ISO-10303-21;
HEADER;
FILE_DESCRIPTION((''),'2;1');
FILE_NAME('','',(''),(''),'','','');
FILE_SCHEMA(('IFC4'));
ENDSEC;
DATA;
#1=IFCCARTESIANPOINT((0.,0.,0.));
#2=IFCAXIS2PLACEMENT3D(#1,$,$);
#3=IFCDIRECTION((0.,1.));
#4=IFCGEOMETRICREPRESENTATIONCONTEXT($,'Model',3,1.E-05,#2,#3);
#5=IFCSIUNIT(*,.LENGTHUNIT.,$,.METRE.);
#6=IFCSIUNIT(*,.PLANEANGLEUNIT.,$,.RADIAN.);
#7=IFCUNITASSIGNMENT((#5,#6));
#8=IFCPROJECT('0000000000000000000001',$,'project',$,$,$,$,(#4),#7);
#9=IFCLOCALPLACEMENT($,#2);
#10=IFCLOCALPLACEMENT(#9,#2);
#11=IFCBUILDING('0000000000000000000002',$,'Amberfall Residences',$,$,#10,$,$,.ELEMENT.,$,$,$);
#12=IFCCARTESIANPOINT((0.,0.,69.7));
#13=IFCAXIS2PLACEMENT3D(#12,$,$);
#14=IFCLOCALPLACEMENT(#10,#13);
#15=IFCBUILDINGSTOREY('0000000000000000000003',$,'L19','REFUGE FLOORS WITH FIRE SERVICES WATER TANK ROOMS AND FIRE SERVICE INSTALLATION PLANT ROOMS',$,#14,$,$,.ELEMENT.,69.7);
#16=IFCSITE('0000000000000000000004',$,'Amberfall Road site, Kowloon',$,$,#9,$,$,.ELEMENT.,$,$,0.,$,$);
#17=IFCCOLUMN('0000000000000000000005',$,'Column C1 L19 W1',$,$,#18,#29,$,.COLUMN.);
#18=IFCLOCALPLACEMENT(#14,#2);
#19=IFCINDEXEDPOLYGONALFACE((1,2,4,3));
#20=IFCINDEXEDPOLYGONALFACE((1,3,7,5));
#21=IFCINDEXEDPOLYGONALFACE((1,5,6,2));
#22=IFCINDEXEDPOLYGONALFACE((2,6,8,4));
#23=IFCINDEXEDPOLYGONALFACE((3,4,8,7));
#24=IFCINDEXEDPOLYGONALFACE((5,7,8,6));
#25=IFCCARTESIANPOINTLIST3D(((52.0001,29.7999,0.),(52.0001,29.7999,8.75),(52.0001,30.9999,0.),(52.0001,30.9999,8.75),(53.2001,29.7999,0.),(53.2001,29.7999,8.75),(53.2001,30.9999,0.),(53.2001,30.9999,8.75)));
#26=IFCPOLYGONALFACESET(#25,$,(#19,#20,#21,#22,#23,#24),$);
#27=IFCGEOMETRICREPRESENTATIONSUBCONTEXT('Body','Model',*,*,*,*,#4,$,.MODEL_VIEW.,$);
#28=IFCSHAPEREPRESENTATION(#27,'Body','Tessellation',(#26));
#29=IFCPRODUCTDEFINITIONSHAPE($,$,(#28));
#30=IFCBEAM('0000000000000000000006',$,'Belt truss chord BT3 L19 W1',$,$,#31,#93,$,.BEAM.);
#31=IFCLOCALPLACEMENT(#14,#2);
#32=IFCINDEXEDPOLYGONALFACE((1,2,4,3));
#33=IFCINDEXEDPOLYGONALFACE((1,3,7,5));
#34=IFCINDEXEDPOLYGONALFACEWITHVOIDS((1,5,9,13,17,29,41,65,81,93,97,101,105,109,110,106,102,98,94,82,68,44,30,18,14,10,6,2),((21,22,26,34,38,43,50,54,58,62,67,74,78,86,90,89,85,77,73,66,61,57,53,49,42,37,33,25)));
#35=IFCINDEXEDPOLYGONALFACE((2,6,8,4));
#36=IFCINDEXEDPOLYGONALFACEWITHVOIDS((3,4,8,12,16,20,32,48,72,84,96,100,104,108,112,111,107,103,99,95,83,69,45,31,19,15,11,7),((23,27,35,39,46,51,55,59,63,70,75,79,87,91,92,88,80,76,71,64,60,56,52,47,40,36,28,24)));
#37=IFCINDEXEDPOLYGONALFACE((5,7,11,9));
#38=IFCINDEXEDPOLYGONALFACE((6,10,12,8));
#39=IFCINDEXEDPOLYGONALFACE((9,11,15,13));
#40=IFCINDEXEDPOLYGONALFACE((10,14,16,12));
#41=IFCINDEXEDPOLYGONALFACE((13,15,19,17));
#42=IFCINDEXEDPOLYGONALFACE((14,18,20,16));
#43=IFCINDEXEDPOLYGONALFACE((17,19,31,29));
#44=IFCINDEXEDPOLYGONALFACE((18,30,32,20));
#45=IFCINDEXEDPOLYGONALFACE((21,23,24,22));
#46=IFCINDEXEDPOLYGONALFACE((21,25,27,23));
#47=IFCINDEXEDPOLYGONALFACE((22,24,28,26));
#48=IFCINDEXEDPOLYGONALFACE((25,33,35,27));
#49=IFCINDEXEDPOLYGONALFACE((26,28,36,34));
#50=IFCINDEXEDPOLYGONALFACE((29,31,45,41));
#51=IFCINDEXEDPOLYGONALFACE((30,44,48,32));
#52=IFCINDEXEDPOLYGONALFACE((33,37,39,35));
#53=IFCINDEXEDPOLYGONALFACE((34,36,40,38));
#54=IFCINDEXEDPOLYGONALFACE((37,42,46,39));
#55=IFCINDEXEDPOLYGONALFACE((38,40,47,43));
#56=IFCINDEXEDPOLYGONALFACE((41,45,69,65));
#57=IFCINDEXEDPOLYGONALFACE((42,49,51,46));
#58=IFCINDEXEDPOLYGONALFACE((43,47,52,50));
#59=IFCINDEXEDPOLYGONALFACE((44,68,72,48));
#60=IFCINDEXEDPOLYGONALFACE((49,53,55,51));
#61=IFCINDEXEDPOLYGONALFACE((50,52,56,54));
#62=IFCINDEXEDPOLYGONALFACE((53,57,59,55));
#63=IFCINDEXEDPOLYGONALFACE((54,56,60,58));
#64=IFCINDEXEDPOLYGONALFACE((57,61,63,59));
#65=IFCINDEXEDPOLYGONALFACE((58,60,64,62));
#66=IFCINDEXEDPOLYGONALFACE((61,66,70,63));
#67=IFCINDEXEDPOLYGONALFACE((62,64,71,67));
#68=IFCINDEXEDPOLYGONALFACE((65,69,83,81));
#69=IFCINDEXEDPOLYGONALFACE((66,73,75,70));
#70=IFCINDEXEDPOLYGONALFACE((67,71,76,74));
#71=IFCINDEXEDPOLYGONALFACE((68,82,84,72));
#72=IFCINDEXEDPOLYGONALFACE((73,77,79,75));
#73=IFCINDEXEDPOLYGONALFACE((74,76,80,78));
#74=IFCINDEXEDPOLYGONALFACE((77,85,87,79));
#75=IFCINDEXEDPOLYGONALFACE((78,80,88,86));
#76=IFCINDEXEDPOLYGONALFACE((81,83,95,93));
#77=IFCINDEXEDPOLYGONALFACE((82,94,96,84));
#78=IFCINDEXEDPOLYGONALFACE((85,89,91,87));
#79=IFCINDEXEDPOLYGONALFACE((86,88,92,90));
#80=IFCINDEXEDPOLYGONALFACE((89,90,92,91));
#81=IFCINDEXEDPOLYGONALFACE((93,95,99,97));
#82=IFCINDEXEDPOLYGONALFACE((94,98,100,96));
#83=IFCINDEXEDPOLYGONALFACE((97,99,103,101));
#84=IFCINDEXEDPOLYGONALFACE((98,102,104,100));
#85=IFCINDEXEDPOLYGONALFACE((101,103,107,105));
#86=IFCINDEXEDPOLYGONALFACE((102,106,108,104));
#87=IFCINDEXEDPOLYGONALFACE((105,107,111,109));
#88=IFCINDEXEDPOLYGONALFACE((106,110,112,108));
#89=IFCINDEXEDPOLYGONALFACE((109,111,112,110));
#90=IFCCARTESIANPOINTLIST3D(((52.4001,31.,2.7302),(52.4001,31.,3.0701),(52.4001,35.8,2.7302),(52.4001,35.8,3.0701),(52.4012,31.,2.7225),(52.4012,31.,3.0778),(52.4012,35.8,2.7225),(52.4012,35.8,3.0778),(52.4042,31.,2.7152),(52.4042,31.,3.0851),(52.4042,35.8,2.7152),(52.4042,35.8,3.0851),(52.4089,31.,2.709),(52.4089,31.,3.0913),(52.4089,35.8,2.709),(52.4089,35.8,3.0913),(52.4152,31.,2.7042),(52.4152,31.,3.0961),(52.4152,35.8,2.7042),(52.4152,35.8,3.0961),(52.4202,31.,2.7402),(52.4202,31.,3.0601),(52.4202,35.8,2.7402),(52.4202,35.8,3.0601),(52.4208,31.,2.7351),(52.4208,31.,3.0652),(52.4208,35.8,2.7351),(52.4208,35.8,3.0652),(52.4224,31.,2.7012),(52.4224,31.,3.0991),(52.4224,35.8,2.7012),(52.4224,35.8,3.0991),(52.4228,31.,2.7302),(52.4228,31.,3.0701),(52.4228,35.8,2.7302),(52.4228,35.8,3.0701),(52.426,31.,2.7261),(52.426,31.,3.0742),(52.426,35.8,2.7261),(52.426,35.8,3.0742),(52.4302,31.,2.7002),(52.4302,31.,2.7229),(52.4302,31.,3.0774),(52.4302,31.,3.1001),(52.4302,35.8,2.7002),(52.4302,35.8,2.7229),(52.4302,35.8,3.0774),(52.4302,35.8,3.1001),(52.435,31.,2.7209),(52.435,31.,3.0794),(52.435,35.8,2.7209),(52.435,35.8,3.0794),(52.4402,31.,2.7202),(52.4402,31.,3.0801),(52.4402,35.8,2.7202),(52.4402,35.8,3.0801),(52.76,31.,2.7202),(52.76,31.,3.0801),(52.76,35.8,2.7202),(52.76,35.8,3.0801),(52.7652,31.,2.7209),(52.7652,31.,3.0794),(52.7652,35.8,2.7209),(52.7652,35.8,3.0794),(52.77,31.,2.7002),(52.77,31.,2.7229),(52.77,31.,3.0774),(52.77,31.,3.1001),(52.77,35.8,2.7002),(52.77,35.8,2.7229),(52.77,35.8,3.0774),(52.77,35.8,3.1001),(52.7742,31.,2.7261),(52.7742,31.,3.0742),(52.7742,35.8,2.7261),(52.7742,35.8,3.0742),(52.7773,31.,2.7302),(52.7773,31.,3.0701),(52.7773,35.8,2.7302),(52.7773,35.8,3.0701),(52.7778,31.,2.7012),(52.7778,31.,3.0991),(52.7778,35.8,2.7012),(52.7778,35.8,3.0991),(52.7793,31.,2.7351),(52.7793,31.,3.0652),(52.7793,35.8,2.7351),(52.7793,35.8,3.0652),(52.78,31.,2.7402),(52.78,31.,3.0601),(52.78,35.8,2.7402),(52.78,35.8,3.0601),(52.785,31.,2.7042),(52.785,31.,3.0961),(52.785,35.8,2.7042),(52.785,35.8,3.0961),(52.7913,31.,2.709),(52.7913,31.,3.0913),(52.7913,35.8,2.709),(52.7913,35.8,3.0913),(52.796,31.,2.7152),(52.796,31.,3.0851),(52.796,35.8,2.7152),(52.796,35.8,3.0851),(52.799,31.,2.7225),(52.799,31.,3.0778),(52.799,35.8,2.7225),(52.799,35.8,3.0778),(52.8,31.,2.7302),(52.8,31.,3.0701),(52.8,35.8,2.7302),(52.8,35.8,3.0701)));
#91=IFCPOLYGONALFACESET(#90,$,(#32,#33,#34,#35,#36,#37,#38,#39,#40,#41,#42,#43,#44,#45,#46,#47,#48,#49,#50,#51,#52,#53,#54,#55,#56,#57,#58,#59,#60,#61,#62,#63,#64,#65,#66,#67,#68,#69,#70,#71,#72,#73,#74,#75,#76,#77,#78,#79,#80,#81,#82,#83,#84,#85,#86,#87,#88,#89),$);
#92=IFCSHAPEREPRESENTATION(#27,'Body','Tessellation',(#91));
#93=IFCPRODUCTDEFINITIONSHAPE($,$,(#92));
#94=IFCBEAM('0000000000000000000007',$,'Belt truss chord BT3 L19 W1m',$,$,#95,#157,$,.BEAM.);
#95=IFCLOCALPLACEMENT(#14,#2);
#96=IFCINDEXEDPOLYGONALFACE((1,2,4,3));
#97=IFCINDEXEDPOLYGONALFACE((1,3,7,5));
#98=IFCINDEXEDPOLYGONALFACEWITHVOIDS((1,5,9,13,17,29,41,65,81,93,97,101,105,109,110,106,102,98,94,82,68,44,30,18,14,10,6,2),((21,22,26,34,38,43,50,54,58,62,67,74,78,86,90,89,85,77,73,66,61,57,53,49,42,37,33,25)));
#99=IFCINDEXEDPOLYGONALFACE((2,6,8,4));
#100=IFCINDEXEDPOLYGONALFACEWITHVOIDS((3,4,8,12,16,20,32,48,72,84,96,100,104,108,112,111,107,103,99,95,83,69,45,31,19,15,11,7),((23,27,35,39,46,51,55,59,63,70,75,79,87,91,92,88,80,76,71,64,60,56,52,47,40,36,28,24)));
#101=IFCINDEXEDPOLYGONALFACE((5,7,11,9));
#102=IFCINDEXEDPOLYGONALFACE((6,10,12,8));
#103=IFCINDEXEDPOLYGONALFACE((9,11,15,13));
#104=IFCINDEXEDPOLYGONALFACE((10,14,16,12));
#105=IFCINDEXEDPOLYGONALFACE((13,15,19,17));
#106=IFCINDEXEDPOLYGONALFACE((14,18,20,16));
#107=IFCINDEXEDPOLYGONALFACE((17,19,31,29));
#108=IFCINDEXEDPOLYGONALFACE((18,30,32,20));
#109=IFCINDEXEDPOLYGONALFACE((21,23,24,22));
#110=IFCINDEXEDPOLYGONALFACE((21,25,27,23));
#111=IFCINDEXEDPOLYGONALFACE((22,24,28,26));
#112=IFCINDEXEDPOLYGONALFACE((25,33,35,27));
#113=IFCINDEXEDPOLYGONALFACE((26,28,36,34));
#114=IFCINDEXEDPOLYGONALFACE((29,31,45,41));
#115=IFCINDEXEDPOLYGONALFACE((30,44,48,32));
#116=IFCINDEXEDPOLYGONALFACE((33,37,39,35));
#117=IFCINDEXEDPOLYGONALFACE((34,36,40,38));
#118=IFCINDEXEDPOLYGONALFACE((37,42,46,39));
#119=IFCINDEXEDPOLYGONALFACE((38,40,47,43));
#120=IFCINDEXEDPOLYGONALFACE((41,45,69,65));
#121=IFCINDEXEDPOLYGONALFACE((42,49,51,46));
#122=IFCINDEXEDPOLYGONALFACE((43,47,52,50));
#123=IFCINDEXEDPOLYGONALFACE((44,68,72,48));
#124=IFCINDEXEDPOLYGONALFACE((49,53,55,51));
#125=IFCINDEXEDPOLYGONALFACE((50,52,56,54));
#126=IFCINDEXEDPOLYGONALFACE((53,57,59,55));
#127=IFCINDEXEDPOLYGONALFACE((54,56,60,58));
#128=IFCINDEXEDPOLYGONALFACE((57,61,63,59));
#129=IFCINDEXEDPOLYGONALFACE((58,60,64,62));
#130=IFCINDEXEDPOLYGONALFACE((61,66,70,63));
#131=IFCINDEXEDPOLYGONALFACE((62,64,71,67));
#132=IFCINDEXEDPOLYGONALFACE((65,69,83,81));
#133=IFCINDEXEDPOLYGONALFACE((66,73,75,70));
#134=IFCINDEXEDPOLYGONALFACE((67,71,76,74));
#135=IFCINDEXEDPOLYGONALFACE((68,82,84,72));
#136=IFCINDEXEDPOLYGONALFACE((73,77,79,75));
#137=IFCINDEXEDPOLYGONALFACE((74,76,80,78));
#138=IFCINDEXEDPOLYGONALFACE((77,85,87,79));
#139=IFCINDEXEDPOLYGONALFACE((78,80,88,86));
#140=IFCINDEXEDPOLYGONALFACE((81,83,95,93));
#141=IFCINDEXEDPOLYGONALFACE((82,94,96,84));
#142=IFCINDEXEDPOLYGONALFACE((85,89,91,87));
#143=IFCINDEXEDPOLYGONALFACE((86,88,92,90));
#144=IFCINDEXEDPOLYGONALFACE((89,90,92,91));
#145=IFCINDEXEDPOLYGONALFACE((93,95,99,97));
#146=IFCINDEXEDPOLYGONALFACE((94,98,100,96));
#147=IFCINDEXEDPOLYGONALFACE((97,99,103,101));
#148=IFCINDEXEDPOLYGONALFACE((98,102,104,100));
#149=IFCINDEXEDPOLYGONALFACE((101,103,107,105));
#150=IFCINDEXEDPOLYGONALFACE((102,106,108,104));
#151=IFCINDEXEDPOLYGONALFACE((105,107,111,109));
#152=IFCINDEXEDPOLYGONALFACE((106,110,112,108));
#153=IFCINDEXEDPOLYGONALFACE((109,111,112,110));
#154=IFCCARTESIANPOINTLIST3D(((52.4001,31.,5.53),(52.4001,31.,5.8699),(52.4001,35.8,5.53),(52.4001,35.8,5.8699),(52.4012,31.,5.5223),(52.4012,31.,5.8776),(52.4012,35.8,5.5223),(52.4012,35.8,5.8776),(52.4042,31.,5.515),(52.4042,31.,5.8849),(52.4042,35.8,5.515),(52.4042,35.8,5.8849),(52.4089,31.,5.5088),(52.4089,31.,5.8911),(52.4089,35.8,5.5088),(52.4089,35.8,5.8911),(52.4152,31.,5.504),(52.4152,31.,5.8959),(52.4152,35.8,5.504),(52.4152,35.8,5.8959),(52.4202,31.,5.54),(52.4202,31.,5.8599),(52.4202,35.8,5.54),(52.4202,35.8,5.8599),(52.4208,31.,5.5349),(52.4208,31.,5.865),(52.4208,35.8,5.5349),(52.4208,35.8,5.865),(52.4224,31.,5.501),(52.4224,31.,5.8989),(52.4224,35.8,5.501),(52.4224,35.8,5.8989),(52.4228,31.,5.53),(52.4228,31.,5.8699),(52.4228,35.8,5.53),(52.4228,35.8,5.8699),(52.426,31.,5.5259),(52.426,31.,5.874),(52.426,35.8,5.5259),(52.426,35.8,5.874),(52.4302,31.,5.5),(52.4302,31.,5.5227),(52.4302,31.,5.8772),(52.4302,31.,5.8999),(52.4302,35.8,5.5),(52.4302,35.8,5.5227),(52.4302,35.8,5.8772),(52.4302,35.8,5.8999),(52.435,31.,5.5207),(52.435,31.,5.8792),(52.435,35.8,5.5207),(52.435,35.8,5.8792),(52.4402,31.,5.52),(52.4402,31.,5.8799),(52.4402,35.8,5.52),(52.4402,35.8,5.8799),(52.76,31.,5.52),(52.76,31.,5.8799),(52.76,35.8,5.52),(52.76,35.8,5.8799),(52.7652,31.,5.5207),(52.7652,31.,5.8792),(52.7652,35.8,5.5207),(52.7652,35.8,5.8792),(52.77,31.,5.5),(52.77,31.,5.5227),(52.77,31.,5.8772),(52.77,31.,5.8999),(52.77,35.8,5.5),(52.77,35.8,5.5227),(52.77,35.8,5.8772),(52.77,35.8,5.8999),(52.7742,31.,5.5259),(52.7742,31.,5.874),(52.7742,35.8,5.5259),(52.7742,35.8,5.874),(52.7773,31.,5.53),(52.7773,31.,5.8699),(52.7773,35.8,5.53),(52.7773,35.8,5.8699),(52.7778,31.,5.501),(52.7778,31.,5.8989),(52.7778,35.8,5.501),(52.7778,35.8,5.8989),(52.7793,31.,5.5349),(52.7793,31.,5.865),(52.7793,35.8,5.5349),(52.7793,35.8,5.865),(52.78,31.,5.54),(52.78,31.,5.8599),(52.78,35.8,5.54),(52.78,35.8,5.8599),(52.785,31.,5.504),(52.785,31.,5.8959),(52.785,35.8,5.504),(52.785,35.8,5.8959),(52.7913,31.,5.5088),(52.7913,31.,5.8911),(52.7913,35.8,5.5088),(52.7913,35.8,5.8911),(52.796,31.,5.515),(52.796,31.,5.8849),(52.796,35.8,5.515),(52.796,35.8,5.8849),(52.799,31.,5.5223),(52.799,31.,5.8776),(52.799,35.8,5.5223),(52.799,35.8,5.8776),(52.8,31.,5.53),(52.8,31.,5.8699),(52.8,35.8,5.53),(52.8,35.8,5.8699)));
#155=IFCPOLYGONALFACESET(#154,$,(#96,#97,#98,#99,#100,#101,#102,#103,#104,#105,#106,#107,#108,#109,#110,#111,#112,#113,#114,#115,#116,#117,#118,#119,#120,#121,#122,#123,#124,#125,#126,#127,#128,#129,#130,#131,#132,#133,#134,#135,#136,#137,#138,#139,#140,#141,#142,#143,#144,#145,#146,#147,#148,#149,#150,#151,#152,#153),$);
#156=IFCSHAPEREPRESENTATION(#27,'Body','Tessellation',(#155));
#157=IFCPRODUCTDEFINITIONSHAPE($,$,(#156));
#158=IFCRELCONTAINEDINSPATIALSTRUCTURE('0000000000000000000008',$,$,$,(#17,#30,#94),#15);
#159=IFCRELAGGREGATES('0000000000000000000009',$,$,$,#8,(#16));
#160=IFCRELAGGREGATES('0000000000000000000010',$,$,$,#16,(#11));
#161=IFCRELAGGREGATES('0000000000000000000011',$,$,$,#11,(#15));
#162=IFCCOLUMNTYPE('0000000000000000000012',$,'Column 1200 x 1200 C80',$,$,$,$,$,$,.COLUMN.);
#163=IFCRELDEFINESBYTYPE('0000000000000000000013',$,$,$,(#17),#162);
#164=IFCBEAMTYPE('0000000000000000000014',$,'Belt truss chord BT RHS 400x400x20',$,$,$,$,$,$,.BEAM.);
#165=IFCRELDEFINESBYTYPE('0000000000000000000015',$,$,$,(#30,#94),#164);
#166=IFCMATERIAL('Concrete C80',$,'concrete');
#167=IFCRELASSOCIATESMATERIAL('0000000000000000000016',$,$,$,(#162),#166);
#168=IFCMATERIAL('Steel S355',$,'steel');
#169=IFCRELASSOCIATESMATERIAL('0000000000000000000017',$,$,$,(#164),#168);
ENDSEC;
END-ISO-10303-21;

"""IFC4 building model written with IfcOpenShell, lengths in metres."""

from ifc_helpers import new_model, si_unit, direction, frame, origin, origin_2d, place, context, subcontext, project, spatial, rectangle, hollow_rectangle, extrude, material, material_profile, profile_set, type_object, element, save


model = new_model("IFC4")

# Units and contexts
model_context = context("Model", 3, precision=1e-05, world=origin(), true_north=direction((0.0, 1.0)))
body_context = subcontext(model_context, "Body", "Model", "MODEL_VIEW")
ifc_project = project(units=[si_unit("LENGTHUNIT", "METRE"), si_unit("PLANEANGLEUNIT", "RADIAN")], contexts=[model_context])

# Site, building, storey
site_placement = place(None, origin())
site = spatial("IfcSite", under=ifc_project, at=site_placement, Name="Amberfall Road site, Kowloon", CompositionType="ELEMENT", RefElevation=0.0)
building_placement = place(site_placement, origin())
building = spatial("IfcBuilding", under=site, at=building_placement, Name="Amberfall Residences", CompositionType="ELEMENT")
storey_placement = place(building_placement, frame((0.0, 0.0, 69.7)))
storey = spatial("IfcBuildingStorey", under=building, at=storey_placement, Name="L19", Description="REFUGE FLOORS WITH FIRE SERVICES WATER TANK ROOMS AND FIRE SERVICE INSTALLATION PLANT ROOMS", CompositionType="ELEMENT", Elevation=69.7)

# Column
ifc_material_1 = material(Name="Concrete C80", Category="concrete")
ifc_material_profile_1 = material_profile(ifc_material_1, rectangle(XDim=1.2, YDim=1.2, at=origin_2d()), Name="Column 1200 x 1200 C80")
ifc_profile_set_1 = profile_set([ifc_material_profile_1], Name="Concrete C80")
column_type = type_object("IfcColumnType", Name="Column 1200 x 1200 C80", PredefinedType="COLUMN", material=ifc_profile_set_1)
column_placement = place(storey_placement, frame((52.6001, 30.3999, 0.0), z_axis=(0.0, 0.0, 1.0), x_axis=(1.0, 0.0, 0.0)))
element("IfcColumn", 1, at=column_placement, inside=storey, type_object=column_type, Name="Column C1 L19 W1", PredefinedType="COLUMN", context=body_context, shape_type="SweptSolid", body=[
    extrude(rectangle(XDim=1.2, YDim=1.2, at=origin_2d()), origin(), (0.0, 0.0, 1.0), 8.75),
])

# Beams
ifc_material_2 = material(Name="Steel S355", Category="steel")
ifc_material_profile_2 = material_profile(ifc_material_2, hollow_rectangle(XDim=0.3999, YDim=0.3999, WallThickness=0.02, InnerFilletRadius=0.02, OuterFilletRadius=0.03, at=origin_2d()), Name="RHS 400x400x20")
ifc_profile_set_2 = profile_set([ifc_material_profile_2], Name="Steel S355")
beam_type_1 = type_object("IfcBeamType", Name="Belt truss chord BT RHS 400x400x20", PredefinedType="BEAM", material=ifc_profile_set_2)
for number, where, z_axis, x_axis, name in (
    (2, (52.6001, 31.0, 2.9001), (0.0, 1.0, 0.0), (-1.0, 0.0, 0.0), "Belt truss chord BT3 L19 W1"),
    (3, (52.6001, 31.0, 5.7), (0.0, 1.0, 0.0), (-1.0, 0.0, 0.0), "Belt truss chord BT3 L19 W1m"),
):
    element("IfcBeam", number, at=place(storey_placement, frame(where, z_axis=z_axis, x_axis=x_axis)), inside=storey, type_object=beam_type_1, Name=name, PredefinedType="BEAM", context=body_context, shape_type="SweptSolid", body=[
        extrude(hollow_rectangle(XDim=0.3999, YDim=0.3999, WallThickness=0.02, InnerFilletRadius=0.02, OuterFilletRadius=0.03, at=origin_2d()), origin(), (0.0, 0.0, 1.0), 4.8),
    ])

save(model, "model.ifc")
